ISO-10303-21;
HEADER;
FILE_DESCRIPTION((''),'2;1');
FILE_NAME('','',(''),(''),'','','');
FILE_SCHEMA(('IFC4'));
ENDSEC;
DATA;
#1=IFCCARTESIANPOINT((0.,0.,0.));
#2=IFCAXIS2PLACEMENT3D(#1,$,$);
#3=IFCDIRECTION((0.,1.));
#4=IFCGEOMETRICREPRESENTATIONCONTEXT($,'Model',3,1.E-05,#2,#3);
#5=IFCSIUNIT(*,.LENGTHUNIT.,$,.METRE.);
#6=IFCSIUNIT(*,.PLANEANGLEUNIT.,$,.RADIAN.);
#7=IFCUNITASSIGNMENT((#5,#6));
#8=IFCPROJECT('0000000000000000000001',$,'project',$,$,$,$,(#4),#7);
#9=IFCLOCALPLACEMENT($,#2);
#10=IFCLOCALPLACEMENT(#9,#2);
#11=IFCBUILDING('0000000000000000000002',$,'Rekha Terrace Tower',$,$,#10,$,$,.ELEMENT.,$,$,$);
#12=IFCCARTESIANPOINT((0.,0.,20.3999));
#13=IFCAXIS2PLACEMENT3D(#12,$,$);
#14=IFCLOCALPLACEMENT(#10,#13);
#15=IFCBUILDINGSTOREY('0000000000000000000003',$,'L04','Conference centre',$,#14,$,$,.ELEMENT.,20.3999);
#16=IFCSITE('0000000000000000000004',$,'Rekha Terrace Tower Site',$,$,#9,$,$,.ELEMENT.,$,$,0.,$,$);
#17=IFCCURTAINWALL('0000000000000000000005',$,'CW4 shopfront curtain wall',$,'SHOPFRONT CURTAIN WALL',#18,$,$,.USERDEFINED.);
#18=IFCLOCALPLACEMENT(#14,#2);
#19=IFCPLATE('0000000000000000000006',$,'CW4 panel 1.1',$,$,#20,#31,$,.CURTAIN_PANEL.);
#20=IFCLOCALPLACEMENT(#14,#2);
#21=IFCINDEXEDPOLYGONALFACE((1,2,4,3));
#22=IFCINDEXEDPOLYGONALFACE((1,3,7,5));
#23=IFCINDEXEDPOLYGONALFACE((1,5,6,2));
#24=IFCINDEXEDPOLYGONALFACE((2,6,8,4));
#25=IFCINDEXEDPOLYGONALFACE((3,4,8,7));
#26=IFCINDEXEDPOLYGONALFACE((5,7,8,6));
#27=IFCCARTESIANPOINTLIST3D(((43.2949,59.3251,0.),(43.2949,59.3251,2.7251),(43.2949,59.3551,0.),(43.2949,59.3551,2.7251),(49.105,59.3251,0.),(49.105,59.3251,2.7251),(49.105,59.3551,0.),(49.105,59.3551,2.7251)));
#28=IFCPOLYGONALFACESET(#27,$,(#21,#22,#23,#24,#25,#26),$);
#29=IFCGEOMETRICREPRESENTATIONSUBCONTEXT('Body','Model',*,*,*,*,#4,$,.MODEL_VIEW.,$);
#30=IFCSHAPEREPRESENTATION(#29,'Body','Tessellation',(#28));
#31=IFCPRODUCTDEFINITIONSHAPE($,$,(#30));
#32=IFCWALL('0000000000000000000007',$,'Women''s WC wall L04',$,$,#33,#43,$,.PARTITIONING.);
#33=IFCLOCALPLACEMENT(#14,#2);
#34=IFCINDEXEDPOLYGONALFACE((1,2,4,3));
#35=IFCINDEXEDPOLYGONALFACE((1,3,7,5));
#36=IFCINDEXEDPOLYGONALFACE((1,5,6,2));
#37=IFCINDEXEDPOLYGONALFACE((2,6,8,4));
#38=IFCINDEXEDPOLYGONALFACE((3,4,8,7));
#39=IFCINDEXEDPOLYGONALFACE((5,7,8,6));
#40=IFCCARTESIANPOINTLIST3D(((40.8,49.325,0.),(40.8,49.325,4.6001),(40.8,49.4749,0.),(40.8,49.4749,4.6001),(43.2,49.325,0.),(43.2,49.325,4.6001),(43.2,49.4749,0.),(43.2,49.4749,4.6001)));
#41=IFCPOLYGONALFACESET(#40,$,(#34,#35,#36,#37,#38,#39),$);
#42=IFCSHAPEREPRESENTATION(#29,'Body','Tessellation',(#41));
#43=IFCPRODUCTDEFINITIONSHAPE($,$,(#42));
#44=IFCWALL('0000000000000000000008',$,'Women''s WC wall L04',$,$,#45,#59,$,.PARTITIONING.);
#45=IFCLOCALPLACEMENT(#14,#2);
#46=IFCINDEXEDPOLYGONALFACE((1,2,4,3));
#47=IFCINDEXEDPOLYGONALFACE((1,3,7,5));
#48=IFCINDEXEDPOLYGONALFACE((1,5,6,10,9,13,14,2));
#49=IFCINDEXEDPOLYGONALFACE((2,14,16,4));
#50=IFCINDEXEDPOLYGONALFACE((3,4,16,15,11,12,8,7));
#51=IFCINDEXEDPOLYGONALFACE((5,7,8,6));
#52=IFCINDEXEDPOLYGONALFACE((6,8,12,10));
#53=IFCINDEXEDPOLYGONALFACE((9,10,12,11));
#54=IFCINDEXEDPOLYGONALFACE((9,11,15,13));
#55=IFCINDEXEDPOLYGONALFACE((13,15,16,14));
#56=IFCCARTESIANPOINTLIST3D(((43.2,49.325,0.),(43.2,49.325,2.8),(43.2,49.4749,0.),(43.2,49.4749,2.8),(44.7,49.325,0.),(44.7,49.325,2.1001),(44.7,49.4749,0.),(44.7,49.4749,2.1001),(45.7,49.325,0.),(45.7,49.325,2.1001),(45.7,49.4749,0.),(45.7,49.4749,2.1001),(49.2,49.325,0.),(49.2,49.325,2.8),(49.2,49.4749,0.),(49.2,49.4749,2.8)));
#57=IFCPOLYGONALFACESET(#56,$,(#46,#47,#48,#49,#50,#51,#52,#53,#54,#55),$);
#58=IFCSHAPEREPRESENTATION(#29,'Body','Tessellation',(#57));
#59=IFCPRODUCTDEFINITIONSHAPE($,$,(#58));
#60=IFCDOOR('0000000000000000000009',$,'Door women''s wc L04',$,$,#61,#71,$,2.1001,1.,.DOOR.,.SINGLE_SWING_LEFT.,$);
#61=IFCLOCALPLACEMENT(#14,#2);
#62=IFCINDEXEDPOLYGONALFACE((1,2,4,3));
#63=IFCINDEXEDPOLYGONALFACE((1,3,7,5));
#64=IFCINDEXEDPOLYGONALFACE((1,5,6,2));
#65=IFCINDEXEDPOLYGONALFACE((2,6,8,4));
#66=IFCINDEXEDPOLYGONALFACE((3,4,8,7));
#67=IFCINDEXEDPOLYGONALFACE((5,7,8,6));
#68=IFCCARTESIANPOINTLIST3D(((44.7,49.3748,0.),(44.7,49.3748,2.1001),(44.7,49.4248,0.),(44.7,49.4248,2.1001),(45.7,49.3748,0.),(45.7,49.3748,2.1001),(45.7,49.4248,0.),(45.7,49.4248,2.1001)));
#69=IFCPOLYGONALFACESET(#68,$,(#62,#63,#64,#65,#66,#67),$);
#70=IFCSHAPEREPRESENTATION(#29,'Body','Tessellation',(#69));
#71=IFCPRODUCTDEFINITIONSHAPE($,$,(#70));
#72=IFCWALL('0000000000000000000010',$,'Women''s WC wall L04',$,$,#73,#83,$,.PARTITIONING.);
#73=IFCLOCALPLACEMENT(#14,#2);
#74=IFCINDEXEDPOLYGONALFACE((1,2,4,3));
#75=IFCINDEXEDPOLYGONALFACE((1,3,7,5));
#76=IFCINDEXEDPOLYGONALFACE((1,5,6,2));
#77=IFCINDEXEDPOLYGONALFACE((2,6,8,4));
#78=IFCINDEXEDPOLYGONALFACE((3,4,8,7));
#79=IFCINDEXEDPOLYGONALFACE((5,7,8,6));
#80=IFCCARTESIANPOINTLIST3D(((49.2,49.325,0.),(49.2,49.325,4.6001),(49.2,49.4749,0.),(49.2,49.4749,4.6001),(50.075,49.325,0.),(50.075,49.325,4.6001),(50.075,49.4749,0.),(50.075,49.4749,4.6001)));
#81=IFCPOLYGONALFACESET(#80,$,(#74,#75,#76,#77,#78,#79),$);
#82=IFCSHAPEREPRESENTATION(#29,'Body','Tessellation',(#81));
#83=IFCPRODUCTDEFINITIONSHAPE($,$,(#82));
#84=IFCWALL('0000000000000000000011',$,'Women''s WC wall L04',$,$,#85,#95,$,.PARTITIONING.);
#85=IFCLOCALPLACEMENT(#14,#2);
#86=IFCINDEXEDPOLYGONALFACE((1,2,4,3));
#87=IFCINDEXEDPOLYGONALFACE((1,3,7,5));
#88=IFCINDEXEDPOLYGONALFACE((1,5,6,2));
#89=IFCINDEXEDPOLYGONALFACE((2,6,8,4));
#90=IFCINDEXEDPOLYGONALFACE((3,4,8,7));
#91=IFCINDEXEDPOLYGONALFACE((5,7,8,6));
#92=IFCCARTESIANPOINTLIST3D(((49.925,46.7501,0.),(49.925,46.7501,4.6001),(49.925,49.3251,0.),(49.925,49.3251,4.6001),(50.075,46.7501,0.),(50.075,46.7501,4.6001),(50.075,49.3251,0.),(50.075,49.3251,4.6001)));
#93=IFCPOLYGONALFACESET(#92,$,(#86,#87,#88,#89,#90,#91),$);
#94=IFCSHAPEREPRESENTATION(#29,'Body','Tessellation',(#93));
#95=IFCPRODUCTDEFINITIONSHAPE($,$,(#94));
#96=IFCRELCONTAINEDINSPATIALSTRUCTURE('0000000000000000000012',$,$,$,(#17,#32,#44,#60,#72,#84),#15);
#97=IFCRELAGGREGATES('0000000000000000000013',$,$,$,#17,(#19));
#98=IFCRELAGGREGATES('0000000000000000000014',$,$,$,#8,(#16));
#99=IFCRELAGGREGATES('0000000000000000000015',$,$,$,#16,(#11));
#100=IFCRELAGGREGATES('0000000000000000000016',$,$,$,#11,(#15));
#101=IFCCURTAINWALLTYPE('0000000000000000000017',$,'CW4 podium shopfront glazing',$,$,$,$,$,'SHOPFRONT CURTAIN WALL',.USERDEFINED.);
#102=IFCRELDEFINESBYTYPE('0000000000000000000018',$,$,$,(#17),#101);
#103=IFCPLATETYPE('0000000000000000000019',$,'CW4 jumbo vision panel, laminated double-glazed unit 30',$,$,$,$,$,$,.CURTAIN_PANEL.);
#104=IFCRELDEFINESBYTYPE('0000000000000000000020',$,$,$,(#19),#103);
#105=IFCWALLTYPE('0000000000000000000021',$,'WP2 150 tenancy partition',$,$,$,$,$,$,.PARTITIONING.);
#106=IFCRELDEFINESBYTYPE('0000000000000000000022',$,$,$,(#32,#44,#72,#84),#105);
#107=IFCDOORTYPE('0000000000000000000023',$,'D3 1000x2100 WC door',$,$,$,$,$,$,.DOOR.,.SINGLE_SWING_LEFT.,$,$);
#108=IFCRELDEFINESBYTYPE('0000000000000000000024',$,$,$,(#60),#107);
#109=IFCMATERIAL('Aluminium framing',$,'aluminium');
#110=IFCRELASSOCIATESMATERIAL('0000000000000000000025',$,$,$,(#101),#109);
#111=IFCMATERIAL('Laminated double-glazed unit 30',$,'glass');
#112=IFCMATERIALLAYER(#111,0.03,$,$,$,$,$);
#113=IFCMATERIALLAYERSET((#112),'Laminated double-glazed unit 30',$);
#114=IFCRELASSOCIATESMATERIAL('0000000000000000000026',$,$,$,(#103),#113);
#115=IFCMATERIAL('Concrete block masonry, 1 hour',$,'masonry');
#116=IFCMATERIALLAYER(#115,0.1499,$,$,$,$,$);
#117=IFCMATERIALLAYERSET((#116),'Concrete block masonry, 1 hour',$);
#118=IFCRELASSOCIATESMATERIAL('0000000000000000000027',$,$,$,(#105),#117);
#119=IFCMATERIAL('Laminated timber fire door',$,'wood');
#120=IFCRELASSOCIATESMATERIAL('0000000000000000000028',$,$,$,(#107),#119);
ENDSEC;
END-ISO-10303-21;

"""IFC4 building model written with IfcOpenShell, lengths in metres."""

from ifc_helpers import new_model, si_unit, direction, frame, frame_2d, origin, origin_2d, place, context, subcontext, project, spatial, rectangle, extrude, material, layer, layer_set, type_object, element, fill, aggregate, save


model = new_model("IFC4")

# Units and contexts
model_context = context("Model", 3, precision=1e-05, world=origin(), true_north=direction((0.0, 1.0)))
body_context = subcontext(model_context, "Body", "Model", "MODEL_VIEW")
ifc_project = project(units=[si_unit("LENGTHUNIT", "METRE"), si_unit("PLANEANGLEUNIT", "RADIAN")], contexts=[model_context])

# Site, building, storey
site_placement = place(None, origin())
site = spatial("IfcSite", under=ifc_project, at=site_placement, Name="Rekha Terrace Tower Site", CompositionType="ELEMENT", RefElevation=0.0)
building_placement = place(site_placement, origin())
building = spatial("IfcBuilding", under=site, at=building_placement, Name="Rekha Terrace Tower", CompositionType="ELEMENT")
storey_placement = place(building_placement, frame((0.0, 0.0, 20.3999)))
storey = spatial("IfcBuildingStorey", under=building, at=storey_placement, Name="L04", Description="Conference centre", CompositionType="ELEMENT", Elevation=20.3999)

# Shared definitions
ifc_material_1 = material(Name="Aluminium framing", Category="aluminium")
curtain_wall_type = type_object("IfcCurtainWallType", Name="CW4 podium shopfront glazing", ElementType="SHOPFRONT CURTAIN WALL", PredefinedType="USERDEFINED", material=ifc_material_1)

# Curtain wall
curtain_wall_1_placement = place(storey_placement, origin())
curtain_wall_1 = element("IfcCurtainWall", 1, at=curtain_wall_1_placement, inside=storey, type_object=curtain_wall_type, Name="CW4 shopfront curtain wall", ObjectType="SHOPFRONT CURTAIN WALL", PredefinedType="USERDEFINED")

# Plate
ifc_material_2 = material(Name="Laminated double-glazed unit 30", Category="glass")
ifc_layer_1 = layer(ifc_material_2, 0.03)
ifc_layer_set_1 = layer_set([ifc_layer_1], Name="Laminated double-glazed unit 30")
plate_type = type_object("IfcPlateType", Name="CW4 jumbo vision panel, laminated double-glazed unit 30", PredefinedType="CURTAIN_PANEL", material=ifc_layer_set_1)
plate_placement = place(storey_placement, frame((46.2, 59.3401, 0.0), z_axis=(0.0, 0.0, 1.0), x_axis=(-1.0, 0.0, 0.0)))
plate = element("IfcPlate", 2, at=plate_placement, type_object=plate_type, Name="CW4 panel 1.1", PredefinedType="CURTAIN_PANEL", context=body_context, shape_type="SweptSolid", body=[
    extrude(rectangle(XDim=5.8101, YDim=0.03, at=origin_2d()), origin(), (0.0, 0.0, 1.0), 2.7251),
])
aggregate(curtain_wall_1, [plate])

# Wall
ifc_material_3 = material(Name="Concrete block masonry, 1 hour", Category="masonry")
ifc_layer_2 = layer(ifc_material_3, 0.1499)
ifc_layer_set_2 = layer_set([ifc_layer_2], Name="Concrete block masonry, 1 hour")
wall_type = type_object("IfcWallType", Name="WP2 150 tenancy partition", PredefinedType="PARTITIONING", material=ifc_layer_set_2)
wall_1_placement = place(storey_placement, frame((40.8, 49.3999, 0.0), z_axis=(0.0, 0.0, 1.0), x_axis=(1.0, 0.0, 0.0)))
element("IfcWall", 3, at=wall_1_placement, inside=storey, type_object=wall_type, Name="Women's WC wall L04", PredefinedType="PARTITIONING", context=body_context, shape_type="SweptSolid", body=[
    extrude(rectangle(XDim=2.3999, YDim=0.1499, at=frame_2d((1.2, 0.0))), origin(), (0.0, 0.0, 1.0), 4.6001),
])

# Wall, opening, door
wall_2_placement = place(storey_placement, frame((43.2, 49.3999, 0.0), z_axis=(0.0, 0.0, 1.0), x_axis=(1.0, 0.0, 0.0)))
wall_2 = element("IfcWall", 4, at=wall_2_placement, inside=storey, type_object=wall_type, Name="Women's WC wall L04", PredefinedType="PARTITIONING", context=body_context, shape_type="SweptSolid", body=[
    extrude(rectangle(XDim=6.0, YDim=0.1499, at=frame_2d((3.0, 0.0))), origin(), (0.0, 0.0, 1.0), 2.8),
])
opening_placement = place(wall_2_placement, frame((1.5, 0.0, 0.0)))
opening = element("IfcOpeningElement", 5, at=opening_placement, cuts=wall_2, PredefinedType="OPENING", context=body_context, shape_type="SweptSolid", body=[
    extrude(rectangle(XDim=1.0, YDim=2.1001, at=frame_2d((0.5, 1.05))), frame((0.0, 0.085, 0.0), z_axis=(0.0, -1.0, 0.0), x_axis=(1.0, 0.0, 0.0)), (0.0, 0.0, 1.0), 0.1699),
])
ifc_material_4 = material(Name="Laminated timber fire door", Category="wood")
door_type = type_object("IfcDoorType", Name="D3 1000x2100 WC door", OperationType="SINGLE_SWING_LEFT", PredefinedType="DOOR", material=ifc_material_4)
door_placement = place(opening_placement, origin())
door = element("IfcDoor", 6, at=door_placement, inside=storey, type_object=door_type, Name="Door women's wc L04", OperationType="SINGLE_SWING_LEFT", OverallHeight=2.1001, OverallWidth=1.0, PredefinedType="DOOR", context=body_context, shape_type="SweptSolid", body=[
    extrude(rectangle(XDim=1.0, YDim=2.1001, at=frame_2d((0.5, 1.05))), frame((0.0, 0.0249, 0.0), z_axis=(0.0, -1.0, 0.0), x_axis=(1.0, 0.0, 0.0)), (0.0, 0.0, 1.0), 0.05),
])
fill(opening, door)

# Walls
wall_3_placement = place(storey_placement, frame((49.2, 49.3999, 0.0), z_axis=(0.0, 0.0, 1.0), x_axis=(1.0, 0.0, 0.0)))
element("IfcWall", 7, at=wall_3_placement, inside=storey, type_object=wall_type, Name="Women's WC wall L04", PredefinedType="PARTITIONING", context=body_context, shape_type="SweptSolid", body=[
    extrude(rectangle(XDim=0.875, YDim=0.1499, at=frame_2d((0.4375, 0.0))), origin(), (0.0, 0.0, 1.0), 4.6001),
])
wall_4_placement = place(storey_placement, frame((50.0, 46.75, 0.0), z_axis=(0.0, 0.0, 1.0), x_axis=(0.0, 1.0, 0.0)))
element("IfcWall", 8, at=wall_4_placement, inside=storey, type_object=wall_type, Name="Women's WC wall L04", PredefinedType="PARTITIONING", context=body_context, shape_type="SweptSolid", body=[
    extrude(rectangle(XDim=2.575, YDim=0.1499, at=frame_2d((1.2876, 0.0))), origin(), (0.0, 0.0, 1.0), 4.6001),
])

save(model, "model.ifc")
